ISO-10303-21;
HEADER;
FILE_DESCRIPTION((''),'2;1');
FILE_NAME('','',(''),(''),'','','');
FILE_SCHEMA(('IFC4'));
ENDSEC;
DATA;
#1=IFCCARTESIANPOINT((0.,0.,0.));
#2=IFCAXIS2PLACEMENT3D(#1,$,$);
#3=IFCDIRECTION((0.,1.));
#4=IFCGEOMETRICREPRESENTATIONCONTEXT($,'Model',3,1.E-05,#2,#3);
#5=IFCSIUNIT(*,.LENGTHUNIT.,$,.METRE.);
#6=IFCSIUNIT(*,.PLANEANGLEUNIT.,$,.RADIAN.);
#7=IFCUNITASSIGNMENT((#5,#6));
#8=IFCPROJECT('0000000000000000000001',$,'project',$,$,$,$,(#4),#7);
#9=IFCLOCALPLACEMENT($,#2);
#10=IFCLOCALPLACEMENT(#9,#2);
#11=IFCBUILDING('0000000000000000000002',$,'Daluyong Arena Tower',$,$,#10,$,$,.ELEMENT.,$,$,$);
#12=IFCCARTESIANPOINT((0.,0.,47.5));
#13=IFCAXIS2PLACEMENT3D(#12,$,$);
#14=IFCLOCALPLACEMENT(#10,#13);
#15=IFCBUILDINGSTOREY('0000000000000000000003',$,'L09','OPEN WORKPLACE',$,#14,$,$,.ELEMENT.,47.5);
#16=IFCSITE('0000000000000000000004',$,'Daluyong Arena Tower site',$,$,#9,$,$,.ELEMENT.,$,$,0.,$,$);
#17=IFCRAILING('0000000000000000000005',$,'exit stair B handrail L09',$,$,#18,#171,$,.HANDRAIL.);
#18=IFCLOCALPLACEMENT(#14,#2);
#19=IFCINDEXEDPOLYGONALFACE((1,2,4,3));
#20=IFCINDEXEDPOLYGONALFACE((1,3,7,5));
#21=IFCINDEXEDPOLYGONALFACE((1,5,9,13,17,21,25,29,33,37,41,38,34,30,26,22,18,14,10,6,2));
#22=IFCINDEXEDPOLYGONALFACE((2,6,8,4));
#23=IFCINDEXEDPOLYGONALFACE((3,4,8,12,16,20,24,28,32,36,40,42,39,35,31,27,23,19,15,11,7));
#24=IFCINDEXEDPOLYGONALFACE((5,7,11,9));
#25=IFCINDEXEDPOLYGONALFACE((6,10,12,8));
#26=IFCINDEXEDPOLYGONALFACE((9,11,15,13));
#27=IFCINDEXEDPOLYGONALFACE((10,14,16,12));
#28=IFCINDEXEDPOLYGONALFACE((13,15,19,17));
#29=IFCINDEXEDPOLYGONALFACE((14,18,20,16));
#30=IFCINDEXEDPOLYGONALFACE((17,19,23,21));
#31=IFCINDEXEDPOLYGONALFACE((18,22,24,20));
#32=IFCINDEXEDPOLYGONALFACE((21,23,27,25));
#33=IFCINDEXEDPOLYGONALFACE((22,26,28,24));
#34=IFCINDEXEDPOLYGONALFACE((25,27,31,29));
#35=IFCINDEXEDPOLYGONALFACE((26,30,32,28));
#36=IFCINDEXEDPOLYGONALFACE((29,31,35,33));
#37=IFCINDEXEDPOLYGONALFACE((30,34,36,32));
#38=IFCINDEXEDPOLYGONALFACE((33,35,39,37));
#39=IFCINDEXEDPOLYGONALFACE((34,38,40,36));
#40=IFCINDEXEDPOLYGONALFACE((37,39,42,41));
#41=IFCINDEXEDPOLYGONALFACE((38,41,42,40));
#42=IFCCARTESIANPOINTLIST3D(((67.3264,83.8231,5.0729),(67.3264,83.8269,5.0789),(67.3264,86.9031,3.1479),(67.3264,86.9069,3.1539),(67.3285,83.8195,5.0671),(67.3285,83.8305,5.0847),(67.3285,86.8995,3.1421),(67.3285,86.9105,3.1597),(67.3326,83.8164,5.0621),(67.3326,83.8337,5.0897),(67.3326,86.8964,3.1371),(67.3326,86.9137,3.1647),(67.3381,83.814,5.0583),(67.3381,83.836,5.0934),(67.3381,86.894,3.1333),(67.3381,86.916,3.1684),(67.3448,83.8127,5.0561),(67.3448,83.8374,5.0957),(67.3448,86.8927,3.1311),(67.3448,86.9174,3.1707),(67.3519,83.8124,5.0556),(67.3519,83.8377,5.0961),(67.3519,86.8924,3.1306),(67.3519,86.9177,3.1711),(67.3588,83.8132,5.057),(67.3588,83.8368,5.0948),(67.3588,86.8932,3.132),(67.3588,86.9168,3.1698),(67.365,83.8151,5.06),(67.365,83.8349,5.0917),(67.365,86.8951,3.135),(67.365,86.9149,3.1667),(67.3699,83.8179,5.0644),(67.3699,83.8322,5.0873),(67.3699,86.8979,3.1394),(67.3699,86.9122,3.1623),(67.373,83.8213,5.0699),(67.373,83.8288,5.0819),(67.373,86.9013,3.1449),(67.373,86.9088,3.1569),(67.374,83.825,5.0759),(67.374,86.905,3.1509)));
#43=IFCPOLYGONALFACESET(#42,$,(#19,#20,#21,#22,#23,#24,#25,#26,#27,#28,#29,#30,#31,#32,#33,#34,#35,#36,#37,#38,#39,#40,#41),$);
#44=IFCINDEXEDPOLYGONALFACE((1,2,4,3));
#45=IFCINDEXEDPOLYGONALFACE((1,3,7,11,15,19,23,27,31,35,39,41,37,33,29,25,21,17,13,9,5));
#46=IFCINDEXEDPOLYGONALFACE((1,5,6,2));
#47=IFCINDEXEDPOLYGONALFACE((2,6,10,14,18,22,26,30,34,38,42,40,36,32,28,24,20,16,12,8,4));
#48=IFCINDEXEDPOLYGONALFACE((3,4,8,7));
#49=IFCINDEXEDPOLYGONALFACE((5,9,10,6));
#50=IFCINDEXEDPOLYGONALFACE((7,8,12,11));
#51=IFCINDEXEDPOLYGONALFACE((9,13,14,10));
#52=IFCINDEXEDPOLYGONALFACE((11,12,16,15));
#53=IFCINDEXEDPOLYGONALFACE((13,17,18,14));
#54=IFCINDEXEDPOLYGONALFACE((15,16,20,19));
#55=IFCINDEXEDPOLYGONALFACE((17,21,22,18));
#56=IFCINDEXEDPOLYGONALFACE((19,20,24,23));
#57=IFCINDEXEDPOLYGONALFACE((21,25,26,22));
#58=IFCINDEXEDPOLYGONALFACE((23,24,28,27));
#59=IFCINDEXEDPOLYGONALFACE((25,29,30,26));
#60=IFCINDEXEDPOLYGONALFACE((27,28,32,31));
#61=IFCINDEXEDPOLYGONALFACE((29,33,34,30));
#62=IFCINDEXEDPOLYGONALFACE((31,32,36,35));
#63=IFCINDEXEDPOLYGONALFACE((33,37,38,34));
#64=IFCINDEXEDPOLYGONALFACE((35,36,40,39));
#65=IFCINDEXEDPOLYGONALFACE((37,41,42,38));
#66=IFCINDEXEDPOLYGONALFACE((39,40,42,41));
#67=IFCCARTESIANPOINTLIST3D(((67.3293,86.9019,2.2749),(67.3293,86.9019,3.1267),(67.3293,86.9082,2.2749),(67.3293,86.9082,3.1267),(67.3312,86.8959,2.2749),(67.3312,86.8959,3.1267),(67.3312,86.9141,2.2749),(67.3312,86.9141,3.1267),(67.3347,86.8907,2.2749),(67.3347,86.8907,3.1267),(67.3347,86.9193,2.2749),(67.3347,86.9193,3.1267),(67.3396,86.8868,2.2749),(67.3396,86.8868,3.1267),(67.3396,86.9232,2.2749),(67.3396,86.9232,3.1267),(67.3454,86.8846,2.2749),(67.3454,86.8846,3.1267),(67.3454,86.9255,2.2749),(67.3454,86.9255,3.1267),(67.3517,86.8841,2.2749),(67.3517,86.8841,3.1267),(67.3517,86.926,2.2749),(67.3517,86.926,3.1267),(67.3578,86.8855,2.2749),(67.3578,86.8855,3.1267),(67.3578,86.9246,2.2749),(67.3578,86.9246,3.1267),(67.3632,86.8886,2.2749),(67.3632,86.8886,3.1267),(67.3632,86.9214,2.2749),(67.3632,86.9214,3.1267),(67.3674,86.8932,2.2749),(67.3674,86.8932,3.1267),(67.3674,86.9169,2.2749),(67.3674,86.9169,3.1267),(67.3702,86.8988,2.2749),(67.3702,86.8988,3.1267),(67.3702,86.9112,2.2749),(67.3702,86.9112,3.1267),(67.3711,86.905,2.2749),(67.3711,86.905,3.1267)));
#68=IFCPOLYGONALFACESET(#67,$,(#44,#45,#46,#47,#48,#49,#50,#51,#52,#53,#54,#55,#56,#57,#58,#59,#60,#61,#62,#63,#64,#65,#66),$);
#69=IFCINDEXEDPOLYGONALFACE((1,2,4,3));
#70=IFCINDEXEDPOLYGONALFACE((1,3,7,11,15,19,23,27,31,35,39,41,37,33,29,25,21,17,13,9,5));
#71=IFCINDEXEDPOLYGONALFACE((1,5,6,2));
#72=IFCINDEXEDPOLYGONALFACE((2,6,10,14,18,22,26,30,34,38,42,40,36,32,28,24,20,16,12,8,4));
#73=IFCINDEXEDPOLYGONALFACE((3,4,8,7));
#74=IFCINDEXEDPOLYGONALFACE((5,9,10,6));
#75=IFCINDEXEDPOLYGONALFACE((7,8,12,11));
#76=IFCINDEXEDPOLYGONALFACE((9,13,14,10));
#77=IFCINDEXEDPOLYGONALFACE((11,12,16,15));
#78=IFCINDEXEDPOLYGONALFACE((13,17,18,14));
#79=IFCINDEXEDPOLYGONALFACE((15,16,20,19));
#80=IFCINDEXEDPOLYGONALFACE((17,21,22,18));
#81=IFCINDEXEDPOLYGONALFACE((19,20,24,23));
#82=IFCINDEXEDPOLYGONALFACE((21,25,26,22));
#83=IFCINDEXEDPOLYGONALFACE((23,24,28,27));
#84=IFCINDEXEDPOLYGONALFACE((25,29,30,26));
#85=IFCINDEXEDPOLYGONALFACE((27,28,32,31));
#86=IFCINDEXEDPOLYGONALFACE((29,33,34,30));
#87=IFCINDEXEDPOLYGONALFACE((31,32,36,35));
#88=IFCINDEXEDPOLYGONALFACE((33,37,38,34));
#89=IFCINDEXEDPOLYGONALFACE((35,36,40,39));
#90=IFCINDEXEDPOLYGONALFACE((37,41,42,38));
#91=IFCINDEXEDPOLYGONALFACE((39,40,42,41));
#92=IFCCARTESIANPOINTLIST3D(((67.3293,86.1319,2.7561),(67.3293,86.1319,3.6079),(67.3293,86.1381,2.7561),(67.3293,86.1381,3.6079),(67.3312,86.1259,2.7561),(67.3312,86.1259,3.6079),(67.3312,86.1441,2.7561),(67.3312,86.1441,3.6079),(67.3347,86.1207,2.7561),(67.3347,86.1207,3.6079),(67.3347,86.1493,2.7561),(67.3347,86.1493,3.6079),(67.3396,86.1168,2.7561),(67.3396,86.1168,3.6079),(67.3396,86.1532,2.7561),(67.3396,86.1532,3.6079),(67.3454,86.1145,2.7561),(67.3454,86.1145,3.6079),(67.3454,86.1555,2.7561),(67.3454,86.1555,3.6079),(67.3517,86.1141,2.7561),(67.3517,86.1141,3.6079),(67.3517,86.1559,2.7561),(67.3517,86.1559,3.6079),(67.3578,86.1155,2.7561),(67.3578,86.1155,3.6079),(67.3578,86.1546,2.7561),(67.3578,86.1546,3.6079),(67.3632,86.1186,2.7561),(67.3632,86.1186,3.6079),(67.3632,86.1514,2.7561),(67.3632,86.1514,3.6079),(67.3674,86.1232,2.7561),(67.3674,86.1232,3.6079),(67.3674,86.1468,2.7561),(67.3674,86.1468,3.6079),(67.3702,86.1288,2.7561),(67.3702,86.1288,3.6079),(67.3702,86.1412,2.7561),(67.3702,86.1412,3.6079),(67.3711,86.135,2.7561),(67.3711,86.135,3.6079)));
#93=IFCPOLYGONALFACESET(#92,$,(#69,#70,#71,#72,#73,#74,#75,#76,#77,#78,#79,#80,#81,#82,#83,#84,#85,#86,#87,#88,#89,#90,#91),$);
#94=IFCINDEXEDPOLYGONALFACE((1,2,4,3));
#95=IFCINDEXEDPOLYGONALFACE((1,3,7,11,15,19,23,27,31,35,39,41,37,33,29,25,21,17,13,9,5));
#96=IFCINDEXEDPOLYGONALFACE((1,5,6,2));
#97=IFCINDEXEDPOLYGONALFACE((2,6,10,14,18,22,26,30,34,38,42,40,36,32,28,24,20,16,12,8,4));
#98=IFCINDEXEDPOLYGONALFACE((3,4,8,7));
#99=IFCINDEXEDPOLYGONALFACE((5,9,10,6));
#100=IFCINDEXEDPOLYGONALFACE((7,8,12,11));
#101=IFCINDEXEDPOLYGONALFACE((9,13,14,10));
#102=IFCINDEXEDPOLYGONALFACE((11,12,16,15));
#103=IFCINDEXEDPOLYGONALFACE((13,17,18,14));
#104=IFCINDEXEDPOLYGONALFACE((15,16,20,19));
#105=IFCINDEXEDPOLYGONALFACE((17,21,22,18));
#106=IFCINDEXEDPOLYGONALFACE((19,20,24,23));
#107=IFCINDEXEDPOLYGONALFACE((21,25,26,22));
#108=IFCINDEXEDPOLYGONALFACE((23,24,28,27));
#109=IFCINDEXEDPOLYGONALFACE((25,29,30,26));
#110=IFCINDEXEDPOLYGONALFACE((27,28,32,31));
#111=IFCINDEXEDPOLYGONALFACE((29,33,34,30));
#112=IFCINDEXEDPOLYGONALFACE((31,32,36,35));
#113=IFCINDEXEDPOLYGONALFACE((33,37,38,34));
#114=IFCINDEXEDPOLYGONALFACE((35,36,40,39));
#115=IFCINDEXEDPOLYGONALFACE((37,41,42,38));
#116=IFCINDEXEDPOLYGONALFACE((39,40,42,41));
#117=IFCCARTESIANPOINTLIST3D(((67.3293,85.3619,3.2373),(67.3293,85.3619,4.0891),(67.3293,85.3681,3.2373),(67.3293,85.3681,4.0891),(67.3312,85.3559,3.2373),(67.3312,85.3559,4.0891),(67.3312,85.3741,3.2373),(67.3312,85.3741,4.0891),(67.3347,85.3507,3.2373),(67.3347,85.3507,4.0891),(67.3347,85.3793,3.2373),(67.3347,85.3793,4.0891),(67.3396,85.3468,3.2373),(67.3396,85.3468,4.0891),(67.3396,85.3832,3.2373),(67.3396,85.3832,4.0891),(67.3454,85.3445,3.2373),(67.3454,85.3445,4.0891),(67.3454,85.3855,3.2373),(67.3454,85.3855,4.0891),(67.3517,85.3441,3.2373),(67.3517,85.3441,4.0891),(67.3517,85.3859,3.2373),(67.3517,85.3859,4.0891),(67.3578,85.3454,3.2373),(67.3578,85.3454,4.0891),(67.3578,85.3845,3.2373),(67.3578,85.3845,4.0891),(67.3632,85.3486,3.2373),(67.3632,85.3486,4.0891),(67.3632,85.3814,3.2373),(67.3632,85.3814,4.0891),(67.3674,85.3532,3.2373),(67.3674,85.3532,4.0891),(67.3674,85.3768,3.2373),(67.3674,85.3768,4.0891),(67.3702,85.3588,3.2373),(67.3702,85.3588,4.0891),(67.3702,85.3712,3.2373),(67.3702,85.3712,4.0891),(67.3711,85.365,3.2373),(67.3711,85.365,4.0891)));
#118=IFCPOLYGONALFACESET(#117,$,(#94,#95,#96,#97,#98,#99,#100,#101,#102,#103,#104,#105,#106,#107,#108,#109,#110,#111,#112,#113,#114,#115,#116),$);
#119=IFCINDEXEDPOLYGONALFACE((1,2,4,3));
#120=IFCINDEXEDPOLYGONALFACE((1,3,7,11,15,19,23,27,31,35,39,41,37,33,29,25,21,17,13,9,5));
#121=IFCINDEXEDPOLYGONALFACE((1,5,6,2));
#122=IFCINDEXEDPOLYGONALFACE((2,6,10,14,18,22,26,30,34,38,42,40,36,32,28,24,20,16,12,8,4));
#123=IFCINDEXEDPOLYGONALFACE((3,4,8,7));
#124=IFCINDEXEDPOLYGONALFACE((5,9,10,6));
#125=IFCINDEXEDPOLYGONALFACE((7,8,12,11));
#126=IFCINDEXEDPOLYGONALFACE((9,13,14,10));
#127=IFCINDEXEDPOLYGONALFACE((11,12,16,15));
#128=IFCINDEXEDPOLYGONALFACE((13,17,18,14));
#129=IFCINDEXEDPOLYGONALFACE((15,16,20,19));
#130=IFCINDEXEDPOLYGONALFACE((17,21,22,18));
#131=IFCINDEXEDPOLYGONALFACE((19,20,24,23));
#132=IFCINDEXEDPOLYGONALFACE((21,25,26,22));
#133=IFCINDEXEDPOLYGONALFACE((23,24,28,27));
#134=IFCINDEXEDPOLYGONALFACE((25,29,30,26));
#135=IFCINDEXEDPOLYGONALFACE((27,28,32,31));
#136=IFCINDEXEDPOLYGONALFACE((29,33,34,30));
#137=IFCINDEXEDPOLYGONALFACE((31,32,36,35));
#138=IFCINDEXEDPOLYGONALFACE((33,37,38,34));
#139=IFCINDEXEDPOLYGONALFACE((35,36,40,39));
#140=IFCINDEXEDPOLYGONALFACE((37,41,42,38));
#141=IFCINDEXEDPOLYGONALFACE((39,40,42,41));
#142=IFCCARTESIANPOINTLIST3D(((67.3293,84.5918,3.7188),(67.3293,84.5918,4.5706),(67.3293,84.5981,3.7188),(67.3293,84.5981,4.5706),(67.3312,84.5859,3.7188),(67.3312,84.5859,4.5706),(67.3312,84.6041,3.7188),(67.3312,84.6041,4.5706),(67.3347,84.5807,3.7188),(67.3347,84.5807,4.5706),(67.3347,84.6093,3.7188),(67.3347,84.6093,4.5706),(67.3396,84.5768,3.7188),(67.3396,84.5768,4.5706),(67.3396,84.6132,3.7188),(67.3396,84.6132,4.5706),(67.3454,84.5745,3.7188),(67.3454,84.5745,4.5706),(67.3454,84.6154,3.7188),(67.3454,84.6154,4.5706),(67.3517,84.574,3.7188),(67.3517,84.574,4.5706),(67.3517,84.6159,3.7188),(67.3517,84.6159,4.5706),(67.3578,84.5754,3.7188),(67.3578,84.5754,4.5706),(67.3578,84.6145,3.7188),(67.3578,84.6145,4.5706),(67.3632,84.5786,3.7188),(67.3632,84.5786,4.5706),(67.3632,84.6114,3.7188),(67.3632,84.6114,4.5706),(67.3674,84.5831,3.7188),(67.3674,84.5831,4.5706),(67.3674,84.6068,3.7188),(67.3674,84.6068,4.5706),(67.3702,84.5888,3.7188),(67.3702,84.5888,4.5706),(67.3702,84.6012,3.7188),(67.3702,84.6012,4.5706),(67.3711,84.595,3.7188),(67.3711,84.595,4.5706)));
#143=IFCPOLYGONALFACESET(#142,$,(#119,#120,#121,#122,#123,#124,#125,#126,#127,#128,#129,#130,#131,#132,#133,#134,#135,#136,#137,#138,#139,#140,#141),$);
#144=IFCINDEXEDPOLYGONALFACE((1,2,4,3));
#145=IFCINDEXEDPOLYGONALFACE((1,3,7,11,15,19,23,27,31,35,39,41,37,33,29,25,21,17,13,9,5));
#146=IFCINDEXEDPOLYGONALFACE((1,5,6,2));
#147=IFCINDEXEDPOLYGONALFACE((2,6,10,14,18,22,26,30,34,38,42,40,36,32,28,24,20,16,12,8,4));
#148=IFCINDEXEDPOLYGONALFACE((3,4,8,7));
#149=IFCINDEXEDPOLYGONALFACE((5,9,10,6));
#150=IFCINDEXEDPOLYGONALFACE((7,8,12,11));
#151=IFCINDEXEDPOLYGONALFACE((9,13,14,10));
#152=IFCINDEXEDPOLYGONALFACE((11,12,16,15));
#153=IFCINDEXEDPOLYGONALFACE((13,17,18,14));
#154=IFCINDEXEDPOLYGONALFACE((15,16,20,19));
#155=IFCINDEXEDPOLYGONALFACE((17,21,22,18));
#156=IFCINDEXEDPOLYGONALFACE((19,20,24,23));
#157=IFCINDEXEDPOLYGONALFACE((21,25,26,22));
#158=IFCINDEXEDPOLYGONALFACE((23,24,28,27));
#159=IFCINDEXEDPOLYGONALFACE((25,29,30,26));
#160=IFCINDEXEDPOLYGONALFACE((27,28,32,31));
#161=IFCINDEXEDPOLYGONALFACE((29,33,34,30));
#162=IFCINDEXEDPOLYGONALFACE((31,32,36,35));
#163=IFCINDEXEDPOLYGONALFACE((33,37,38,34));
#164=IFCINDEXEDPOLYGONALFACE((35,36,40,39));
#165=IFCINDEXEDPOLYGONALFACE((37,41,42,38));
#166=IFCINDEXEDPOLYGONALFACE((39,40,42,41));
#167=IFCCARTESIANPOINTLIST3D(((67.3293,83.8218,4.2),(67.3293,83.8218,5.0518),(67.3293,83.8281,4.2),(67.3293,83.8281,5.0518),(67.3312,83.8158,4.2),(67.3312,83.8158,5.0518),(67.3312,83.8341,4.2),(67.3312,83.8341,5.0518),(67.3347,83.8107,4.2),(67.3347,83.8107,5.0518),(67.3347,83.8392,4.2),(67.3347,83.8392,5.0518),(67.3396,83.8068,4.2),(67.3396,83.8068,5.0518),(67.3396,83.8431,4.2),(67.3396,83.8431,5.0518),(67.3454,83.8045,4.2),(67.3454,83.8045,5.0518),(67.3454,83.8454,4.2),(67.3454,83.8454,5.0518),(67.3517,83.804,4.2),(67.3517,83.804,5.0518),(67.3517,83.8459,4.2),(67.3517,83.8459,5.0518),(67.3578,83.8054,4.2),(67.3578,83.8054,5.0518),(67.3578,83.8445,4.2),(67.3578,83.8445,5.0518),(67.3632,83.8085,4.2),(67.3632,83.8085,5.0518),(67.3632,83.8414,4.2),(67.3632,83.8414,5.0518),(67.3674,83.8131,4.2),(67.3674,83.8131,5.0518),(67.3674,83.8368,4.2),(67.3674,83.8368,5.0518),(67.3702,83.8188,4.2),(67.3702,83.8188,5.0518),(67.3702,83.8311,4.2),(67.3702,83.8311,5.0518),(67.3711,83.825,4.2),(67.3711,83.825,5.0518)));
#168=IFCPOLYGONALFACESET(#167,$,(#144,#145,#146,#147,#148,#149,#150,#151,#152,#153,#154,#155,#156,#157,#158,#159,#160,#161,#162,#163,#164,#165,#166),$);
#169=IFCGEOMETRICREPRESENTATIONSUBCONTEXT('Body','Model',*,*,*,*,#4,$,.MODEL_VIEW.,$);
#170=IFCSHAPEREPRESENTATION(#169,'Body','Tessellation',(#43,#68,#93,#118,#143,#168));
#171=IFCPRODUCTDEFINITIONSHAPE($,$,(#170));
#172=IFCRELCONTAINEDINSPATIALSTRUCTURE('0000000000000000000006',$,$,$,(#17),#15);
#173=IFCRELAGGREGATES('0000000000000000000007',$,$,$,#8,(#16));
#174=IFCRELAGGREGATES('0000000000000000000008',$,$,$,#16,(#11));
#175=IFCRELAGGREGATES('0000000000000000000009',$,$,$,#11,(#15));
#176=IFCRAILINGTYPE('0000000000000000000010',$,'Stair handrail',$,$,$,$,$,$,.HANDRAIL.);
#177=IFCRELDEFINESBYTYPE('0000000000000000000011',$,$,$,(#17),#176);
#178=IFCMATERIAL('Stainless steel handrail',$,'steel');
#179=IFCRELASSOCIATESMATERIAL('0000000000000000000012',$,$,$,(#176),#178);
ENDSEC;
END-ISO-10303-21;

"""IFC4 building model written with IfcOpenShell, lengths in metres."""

from ifc_helpers import new_model, si_unit, direction, frame, origin, origin_2d, place, context, subcontext, project, spatial, circle, extrude, material, type_object, element, save


model = new_model("IFC4")

# Units and contexts
model_context = context("Model", 3, precision=1e-05, world=origin(), true_north=direction((0.0, 1.0)))
body_context = subcontext(model_context, "Body", "Model", "MODEL_VIEW")
ifc_project = project(units=[si_unit("LENGTHUNIT", "METRE"), si_unit("PLANEANGLEUNIT", "RADIAN")], contexts=[model_context])

# Site, building, storey
site_placement = place(None, origin())
site = spatial("IfcSite", under=ifc_project, at=site_placement, Name="Daluyong Arena Tower site", CompositionType="ELEMENT", RefElevation=0.0)
building_placement = place(site_placement, origin())
building = spatial("IfcBuilding", under=site, at=building_placement, Name="Daluyong Arena Tower", CompositionType="ELEMENT")
storey_placement = place(building_placement, frame((0.0, 0.0, 47.5)))
storey = spatial("IfcBuildingStorey", under=building, at=storey_placement, Name="L09", Description="OPEN WORKPLACE", CompositionType="ELEMENT", Elevation=47.5)

# Railing
ifc_material_1 = material(Name="Stainless steel handrail", Category="steel")
railing_type_1 = type_object("IfcRailingType", Name="Stair handrail", PredefinedType="HANDRAIL", material=ifc_material_1)
railing_1_placement = place(storey_placement, frame((67.3501, 86.905, 2.2749)))
element("IfcRailing", 1, at=railing_1_placement, inside=storey, type_object=railing_type_1, Name="exit stair B handrail L09", PredefinedType="HANDRAIL", context=body_context, shape_type="SweptSolid", body=[
    extrude(circle(Radius=0.0239, at=origin_2d()), frame((0.0, 0.0, 0.876), z_axis=(0.0, -0.847998, 0.529999), x_axis=(1.0, 0.0, 0.0)), (0.0, 0.0, 1.0), 3.6321),
    extrude(circle(Radius=0.021, at=origin_2d()), origin(), (0.0, 0.0, 1.0), 0.8518),
    extrude(circle(Radius=0.021, at=origin_2d()), frame((0.0, -0.77, 0.4812)), (0.0, 0.0, 1.0), 0.8518),
    extrude(circle(Radius=0.021, at=origin_2d()), frame((0.0, -1.54, 0.9624)), (0.0, 0.0, 1.0), 0.8518),
    extrude(circle(Radius=0.021, at=origin_2d()), frame((0.0, -2.3101, 1.4438)), (0.0, 0.0, 1.0), 0.8518),
    extrude(circle(Radius=0.021, at=origin_2d()), frame((0.0, -3.0801, 1.925)), (0.0, 0.0, 1.0), 0.8518),
])

save(model, "model.ifc")
